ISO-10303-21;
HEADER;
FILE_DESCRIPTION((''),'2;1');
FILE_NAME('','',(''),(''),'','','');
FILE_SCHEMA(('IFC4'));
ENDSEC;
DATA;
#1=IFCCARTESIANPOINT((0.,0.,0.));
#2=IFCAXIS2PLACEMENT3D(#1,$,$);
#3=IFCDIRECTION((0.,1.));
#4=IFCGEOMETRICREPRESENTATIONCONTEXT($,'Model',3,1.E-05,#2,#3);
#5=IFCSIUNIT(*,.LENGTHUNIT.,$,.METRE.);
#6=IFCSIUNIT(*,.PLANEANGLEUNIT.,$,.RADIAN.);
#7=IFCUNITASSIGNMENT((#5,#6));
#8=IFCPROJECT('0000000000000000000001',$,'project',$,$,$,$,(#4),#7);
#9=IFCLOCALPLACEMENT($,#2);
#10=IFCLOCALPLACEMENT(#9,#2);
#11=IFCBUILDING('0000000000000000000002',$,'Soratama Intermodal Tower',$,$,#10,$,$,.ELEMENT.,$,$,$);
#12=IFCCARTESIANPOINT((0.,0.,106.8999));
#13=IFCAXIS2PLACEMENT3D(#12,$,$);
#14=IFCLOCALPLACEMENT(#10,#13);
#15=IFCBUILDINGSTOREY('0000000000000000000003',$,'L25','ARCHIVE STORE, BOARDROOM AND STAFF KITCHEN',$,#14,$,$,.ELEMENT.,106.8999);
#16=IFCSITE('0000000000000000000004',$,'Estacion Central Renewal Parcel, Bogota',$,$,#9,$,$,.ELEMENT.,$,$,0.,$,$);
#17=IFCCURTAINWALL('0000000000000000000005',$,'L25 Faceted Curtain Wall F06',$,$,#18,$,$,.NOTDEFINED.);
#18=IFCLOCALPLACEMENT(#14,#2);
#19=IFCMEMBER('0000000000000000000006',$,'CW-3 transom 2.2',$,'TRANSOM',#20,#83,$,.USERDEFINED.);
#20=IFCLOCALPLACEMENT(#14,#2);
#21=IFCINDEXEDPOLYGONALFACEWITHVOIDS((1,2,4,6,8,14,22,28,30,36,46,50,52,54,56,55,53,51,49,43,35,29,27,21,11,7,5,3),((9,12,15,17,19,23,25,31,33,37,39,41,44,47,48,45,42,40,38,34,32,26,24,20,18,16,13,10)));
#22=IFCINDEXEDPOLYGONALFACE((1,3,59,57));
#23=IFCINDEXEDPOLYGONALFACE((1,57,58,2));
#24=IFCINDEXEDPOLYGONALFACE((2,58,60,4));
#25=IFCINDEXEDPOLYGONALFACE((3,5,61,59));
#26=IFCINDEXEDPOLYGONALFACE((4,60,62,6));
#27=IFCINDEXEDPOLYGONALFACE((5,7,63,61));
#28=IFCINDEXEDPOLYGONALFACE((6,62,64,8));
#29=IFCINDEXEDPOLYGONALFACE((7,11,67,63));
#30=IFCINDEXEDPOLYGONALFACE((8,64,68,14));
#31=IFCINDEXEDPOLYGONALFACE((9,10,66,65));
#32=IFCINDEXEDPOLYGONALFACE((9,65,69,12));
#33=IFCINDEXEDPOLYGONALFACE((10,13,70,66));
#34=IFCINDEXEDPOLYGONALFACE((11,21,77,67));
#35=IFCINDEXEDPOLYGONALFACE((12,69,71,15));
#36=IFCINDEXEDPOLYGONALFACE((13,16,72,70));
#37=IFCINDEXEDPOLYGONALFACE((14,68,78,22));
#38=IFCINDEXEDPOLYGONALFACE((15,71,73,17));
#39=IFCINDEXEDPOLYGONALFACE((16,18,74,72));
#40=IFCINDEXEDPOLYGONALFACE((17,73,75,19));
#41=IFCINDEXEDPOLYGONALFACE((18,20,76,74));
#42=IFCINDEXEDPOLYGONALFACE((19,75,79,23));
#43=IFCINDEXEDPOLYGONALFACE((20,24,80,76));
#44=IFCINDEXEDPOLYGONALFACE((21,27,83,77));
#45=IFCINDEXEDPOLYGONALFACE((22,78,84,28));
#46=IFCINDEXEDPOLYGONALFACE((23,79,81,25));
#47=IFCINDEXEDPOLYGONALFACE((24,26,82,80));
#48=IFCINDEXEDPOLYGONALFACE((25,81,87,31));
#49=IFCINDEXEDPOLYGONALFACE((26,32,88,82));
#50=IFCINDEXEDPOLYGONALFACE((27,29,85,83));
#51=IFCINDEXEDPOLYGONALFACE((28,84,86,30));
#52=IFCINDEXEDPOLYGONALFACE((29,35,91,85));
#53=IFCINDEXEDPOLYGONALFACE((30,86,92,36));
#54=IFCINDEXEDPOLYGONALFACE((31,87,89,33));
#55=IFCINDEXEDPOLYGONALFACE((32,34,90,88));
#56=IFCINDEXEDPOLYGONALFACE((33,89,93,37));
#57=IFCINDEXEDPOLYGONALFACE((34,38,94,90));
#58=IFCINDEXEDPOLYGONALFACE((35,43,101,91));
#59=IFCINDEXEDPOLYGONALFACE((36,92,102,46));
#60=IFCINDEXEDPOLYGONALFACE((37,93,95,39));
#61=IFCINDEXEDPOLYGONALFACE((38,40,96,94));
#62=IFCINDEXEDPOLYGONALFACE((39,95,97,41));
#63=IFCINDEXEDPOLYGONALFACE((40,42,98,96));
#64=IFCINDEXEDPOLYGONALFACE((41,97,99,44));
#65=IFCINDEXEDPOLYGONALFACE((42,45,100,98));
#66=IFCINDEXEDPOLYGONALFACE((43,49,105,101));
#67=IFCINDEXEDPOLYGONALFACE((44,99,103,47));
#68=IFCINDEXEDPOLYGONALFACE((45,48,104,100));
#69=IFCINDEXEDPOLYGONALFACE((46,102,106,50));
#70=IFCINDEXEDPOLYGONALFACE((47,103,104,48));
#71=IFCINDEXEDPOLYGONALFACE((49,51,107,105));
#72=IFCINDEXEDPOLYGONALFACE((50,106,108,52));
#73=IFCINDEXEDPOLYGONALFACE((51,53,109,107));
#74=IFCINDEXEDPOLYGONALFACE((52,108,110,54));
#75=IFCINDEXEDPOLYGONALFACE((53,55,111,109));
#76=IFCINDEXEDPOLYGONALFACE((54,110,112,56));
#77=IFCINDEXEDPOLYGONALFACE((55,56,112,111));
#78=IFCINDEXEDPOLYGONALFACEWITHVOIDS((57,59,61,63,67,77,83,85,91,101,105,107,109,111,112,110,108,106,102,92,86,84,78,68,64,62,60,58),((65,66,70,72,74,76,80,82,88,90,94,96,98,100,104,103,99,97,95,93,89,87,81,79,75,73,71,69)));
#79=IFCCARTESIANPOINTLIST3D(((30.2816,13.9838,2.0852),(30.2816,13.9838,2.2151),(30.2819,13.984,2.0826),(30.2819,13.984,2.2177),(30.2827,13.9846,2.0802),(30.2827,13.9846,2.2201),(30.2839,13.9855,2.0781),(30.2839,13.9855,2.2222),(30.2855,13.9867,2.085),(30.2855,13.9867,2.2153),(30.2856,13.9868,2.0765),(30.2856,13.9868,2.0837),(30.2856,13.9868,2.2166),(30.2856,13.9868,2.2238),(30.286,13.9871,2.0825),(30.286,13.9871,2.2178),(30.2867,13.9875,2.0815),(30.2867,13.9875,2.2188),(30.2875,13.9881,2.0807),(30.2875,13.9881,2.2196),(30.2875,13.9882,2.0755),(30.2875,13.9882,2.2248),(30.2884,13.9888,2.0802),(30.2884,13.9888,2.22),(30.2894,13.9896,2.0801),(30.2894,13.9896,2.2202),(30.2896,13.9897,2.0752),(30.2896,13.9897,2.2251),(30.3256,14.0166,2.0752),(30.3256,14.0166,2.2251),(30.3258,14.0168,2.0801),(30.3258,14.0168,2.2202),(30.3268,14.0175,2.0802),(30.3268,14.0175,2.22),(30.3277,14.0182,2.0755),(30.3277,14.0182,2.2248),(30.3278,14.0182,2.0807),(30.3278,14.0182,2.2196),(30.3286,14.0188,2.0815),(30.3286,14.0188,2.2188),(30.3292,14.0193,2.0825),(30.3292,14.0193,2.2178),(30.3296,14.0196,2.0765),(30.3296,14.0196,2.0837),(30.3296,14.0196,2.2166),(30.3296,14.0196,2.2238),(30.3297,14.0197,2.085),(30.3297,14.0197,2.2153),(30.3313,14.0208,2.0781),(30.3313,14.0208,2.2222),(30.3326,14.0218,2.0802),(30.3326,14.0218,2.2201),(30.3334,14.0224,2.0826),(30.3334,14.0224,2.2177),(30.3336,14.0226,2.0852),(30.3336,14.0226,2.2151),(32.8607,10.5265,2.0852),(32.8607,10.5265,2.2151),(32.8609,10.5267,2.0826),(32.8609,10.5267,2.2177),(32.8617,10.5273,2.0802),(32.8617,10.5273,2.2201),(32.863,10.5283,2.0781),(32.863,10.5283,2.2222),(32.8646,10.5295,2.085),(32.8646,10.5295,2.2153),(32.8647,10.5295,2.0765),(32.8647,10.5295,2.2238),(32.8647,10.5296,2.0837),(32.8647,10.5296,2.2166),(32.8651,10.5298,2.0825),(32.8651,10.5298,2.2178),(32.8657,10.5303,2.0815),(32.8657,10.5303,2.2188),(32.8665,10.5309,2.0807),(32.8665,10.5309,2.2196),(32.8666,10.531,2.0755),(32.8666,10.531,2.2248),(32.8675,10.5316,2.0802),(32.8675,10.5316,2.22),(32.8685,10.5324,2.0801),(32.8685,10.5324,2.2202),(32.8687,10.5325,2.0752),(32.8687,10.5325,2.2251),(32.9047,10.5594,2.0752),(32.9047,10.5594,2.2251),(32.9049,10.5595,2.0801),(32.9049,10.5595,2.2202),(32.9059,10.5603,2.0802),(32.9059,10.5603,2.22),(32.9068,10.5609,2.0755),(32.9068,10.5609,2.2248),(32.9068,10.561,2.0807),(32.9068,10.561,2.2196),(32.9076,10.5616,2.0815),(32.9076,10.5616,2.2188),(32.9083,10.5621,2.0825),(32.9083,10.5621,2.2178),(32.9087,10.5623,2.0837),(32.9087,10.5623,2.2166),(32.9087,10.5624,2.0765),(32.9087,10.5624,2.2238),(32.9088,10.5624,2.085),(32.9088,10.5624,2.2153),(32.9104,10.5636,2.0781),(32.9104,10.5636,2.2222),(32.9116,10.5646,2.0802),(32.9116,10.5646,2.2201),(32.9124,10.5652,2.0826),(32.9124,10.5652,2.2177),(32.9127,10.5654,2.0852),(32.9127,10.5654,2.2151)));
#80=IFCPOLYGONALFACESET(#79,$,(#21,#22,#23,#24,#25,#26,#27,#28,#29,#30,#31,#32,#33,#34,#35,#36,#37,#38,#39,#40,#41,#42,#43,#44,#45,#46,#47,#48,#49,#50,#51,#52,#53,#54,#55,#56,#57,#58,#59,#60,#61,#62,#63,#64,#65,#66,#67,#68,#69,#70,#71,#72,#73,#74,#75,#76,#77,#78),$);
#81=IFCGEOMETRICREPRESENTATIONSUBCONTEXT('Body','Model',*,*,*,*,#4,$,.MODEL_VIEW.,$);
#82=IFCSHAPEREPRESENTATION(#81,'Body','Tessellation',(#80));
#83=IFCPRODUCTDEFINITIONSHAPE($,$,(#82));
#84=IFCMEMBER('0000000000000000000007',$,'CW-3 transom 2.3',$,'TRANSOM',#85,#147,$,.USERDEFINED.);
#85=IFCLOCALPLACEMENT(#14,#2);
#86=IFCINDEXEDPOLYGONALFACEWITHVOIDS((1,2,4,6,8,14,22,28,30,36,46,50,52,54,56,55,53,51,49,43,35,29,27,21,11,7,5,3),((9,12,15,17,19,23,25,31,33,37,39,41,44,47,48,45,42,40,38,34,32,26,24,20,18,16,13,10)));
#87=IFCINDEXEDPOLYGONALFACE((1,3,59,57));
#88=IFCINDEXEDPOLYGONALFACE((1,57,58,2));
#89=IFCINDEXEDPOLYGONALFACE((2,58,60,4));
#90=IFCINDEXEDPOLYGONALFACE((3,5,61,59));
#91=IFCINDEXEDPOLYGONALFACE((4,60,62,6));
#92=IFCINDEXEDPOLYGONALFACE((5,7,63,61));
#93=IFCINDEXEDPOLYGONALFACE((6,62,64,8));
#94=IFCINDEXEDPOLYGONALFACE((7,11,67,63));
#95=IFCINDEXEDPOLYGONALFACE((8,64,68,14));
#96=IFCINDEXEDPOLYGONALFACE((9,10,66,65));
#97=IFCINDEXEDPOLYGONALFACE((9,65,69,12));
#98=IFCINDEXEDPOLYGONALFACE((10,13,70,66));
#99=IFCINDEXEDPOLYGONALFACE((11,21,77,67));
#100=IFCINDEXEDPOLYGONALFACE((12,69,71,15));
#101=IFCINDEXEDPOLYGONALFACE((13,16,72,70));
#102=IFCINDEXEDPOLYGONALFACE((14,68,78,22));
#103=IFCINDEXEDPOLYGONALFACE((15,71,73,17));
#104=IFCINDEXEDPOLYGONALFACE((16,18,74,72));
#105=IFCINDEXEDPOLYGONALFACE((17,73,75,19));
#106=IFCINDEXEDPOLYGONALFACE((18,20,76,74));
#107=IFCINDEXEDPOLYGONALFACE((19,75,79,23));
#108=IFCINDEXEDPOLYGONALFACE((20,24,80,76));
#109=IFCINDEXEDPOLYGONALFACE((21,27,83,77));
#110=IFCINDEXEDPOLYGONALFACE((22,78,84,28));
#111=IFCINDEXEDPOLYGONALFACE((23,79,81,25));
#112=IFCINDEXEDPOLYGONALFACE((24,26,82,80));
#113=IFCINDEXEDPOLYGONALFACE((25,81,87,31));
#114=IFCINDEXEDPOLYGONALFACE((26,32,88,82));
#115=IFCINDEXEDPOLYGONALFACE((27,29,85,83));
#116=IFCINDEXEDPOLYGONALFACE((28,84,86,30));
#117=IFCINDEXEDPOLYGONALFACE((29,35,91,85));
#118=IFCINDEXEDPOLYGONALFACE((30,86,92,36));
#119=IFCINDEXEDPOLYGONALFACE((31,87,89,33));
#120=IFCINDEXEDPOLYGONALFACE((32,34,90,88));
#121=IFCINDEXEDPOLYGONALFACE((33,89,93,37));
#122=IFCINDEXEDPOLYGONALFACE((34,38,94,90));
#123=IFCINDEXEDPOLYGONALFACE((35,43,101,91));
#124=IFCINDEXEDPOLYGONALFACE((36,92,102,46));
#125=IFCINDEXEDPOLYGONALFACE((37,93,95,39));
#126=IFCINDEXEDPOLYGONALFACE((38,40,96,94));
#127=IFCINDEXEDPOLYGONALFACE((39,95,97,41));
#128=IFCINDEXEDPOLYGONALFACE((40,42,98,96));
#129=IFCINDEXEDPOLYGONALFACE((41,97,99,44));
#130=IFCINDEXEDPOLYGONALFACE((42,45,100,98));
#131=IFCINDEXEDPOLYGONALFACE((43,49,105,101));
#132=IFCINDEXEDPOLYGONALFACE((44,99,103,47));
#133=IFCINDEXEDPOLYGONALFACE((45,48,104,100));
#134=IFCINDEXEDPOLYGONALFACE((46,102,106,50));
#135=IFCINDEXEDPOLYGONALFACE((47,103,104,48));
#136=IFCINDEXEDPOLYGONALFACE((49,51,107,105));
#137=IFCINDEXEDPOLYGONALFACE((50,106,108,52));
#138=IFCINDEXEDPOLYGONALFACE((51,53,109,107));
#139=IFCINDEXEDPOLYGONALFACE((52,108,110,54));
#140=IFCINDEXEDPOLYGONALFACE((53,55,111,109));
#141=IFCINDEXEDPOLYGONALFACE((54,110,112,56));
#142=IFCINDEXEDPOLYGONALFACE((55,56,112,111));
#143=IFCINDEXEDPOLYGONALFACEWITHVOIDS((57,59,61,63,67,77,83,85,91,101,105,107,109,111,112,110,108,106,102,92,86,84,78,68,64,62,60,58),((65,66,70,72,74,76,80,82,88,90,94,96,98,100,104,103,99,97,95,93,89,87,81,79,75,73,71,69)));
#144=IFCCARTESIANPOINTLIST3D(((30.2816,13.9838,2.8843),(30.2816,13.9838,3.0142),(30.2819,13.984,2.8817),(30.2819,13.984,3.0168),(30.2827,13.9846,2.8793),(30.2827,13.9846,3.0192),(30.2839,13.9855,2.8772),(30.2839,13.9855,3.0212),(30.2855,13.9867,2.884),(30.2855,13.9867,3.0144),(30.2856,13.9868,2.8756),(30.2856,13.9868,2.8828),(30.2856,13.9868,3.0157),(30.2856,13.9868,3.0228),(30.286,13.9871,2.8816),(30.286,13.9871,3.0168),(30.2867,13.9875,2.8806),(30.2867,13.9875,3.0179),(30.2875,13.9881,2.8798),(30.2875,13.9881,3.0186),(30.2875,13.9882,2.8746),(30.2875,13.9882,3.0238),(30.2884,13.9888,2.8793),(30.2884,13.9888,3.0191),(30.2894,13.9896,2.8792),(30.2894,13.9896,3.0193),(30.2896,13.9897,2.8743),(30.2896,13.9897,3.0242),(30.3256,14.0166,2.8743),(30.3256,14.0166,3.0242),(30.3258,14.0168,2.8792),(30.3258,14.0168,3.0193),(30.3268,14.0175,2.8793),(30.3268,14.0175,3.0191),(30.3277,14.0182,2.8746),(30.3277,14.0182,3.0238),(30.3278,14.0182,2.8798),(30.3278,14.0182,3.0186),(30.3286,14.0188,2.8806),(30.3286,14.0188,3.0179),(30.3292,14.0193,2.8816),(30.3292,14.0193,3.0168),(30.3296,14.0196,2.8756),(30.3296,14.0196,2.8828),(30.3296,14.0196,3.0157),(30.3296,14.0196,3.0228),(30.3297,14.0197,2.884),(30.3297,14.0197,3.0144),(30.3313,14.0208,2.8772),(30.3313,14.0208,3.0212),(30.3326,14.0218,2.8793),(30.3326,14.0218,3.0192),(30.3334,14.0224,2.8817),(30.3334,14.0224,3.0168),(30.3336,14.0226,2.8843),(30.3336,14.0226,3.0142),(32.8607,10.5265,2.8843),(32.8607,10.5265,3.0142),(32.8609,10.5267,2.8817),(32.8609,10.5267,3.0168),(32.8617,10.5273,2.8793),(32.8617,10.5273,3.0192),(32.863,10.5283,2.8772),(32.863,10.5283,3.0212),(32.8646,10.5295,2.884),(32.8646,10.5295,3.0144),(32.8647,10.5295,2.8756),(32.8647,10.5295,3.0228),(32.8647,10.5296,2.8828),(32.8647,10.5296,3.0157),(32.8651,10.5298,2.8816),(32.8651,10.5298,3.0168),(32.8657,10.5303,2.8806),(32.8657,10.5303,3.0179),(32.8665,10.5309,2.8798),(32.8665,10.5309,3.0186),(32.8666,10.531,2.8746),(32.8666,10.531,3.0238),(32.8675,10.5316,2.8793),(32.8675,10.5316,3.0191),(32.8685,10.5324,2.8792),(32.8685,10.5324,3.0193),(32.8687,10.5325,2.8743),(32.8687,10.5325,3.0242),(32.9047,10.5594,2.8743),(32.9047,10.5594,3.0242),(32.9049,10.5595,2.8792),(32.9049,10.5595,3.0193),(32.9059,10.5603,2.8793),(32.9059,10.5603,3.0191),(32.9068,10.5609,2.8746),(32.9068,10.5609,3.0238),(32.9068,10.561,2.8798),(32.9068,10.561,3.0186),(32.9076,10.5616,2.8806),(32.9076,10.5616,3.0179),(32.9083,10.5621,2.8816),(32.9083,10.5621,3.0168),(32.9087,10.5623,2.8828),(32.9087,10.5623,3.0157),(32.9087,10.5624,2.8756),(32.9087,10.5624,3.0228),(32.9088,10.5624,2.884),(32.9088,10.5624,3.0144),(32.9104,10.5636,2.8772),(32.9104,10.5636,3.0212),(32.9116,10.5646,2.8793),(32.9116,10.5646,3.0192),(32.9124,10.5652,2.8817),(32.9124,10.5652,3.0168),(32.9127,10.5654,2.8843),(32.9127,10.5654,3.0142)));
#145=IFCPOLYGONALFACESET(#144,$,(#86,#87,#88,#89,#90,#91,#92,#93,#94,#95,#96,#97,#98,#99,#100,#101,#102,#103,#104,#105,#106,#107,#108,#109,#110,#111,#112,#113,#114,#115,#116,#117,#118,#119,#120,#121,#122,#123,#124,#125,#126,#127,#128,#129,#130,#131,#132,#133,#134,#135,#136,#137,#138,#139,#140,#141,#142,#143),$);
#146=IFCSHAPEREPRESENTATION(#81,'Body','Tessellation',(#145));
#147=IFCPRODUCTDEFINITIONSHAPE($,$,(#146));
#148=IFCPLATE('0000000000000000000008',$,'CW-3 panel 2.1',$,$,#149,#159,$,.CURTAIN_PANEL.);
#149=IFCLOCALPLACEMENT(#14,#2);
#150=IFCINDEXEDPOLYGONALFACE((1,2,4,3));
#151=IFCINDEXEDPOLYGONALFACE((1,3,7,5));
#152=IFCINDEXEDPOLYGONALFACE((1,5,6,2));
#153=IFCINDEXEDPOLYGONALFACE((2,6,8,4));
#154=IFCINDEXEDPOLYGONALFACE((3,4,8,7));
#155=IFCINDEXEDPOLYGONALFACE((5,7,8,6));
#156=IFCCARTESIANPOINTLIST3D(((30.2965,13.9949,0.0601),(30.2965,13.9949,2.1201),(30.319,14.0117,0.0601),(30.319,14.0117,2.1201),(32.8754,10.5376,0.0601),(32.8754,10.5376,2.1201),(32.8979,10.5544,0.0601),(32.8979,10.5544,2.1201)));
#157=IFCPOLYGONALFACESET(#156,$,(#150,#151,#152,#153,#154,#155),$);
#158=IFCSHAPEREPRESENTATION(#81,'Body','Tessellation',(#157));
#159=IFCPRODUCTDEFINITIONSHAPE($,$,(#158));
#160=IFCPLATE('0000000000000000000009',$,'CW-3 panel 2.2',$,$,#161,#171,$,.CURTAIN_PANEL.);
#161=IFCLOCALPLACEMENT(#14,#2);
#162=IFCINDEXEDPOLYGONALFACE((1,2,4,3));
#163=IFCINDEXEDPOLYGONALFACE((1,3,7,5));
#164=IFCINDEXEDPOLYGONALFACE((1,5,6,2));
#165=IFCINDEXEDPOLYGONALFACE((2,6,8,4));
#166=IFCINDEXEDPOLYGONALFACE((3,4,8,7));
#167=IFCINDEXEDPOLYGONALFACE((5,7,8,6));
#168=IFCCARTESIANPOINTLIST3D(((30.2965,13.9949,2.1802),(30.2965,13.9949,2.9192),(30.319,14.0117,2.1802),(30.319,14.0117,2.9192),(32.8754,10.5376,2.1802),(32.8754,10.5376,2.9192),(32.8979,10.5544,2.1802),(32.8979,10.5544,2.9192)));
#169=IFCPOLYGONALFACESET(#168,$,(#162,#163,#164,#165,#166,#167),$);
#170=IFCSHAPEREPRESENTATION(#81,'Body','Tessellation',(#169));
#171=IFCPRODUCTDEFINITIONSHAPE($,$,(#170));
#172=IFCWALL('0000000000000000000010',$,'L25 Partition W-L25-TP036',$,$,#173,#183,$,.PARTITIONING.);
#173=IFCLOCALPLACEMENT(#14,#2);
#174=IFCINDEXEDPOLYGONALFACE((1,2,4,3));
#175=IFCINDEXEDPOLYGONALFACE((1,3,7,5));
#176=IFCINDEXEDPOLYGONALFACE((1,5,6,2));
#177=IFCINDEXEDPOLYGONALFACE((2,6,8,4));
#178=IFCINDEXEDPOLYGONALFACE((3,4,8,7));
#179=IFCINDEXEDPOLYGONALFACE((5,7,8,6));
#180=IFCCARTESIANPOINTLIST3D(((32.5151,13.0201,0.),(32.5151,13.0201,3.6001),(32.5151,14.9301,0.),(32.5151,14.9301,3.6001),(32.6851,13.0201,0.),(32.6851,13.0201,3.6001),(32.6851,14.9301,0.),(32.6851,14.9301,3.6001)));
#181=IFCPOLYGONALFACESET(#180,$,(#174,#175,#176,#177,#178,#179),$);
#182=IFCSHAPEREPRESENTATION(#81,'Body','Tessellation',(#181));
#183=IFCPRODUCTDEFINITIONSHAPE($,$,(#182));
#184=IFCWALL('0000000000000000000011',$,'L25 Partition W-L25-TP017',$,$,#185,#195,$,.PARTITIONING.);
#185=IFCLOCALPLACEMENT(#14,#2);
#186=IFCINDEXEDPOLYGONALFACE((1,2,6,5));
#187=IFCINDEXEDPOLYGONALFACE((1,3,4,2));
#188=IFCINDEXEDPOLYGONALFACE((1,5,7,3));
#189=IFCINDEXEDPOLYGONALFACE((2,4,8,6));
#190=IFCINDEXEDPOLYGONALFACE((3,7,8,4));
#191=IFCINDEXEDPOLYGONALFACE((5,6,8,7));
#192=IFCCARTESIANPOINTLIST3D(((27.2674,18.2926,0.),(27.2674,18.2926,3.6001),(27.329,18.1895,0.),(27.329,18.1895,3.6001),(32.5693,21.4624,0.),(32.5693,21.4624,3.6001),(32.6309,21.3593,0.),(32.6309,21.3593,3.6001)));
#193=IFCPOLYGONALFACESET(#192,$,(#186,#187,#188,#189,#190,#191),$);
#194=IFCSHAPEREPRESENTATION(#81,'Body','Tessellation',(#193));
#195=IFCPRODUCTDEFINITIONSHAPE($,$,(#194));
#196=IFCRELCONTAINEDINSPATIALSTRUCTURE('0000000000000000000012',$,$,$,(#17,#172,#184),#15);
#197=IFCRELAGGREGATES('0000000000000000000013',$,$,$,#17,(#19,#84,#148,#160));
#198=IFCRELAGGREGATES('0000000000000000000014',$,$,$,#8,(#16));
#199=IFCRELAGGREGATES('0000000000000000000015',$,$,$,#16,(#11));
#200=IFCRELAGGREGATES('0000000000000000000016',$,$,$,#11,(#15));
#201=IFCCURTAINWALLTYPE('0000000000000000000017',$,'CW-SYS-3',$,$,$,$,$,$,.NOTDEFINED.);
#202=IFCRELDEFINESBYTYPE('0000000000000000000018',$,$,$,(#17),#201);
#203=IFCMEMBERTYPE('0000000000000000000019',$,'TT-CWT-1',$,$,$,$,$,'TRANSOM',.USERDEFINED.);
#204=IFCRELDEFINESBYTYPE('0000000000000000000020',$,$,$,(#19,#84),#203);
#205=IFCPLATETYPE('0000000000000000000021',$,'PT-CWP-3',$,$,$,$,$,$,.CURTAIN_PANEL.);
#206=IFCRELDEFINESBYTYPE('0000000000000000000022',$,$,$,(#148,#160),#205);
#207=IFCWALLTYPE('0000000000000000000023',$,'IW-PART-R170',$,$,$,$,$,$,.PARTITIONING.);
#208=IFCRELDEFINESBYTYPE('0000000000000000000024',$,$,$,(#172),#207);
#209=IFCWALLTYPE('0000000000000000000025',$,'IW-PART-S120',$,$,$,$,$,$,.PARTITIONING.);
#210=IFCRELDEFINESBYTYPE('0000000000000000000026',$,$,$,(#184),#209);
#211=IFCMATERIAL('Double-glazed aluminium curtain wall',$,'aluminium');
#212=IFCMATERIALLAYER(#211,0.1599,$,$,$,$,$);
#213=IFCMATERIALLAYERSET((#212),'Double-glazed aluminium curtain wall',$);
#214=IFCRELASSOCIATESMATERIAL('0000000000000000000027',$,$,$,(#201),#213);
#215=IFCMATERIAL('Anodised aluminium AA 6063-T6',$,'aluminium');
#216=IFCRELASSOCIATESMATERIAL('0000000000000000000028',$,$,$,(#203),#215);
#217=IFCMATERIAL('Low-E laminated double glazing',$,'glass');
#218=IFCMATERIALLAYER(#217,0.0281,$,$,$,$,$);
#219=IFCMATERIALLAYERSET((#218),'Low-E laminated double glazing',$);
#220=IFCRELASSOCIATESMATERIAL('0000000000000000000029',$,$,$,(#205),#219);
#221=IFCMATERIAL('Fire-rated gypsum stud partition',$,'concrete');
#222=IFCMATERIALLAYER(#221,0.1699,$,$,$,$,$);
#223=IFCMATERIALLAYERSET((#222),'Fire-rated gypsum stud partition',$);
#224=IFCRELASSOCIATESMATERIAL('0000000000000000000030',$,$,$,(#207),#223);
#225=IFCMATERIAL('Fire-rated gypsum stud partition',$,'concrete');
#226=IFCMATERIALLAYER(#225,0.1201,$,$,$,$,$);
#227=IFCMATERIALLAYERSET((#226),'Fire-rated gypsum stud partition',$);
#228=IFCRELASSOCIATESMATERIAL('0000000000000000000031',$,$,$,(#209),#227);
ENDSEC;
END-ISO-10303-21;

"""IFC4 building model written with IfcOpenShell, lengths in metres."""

from ifc_helpers import new_model, si_unit, direction, frame, frame_2d, origin, origin_2d, place, context, subcontext, project, spatial, rectangle, hollow_rectangle, extrude, material, layer, layer_set, material_profile, profile_set, type_object, element, aggregate, save


model = new_model("IFC4")

# Units and contexts
model_context = context("Model", 3, precision=1e-05, world=origin(), true_north=direction((0.0, 1.0)))
body_context = subcontext(model_context, "Body", "Model", "MODEL_VIEW")
ifc_project = project(units=[si_unit("LENGTHUNIT", "METRE"), si_unit("PLANEANGLEUNIT", "RADIAN")], contexts=[model_context])

# Site, building, storey
site_placement = place(None, origin())
site = spatial("IfcSite", under=ifc_project, at=site_placement, Name="Estacion Central Renewal Parcel, Bogota", CompositionType="ELEMENT", RefElevation=0.0)
building_placement = place(site_placement, origin())
building = spatial("IfcBuilding", under=site, at=building_placement, Name="Soratama Intermodal Tower", CompositionType="ELEMENT")
storey_placement = place(building_placement, frame((0.0, 0.0, 106.8999)))
storey = spatial("IfcBuildingStorey", under=building, at=storey_placement, Name="L25", Description="ARCHIVE STORE, BOARDROOM AND STAFF KITCHEN", CompositionType="ELEMENT", Elevation=106.8999)

# Curtain wall, members, plates
ifc_material_1 = material(Name="Double-glazed aluminium curtain wall", Category="aluminium")
ifc_layer_1 = layer(ifc_material_1, 0.1599)
ifc_layer_set_1 = layer_set([ifc_layer_1], Name="Double-glazed aluminium curtain wall")
curtain_wall_type = type_object("IfcCurtainWallType", Name="CW-SYS-3", PredefinedType="NOTDEFINED", material=ifc_layer_set_1)
curtain_wall_placement = place(storey_placement, origin())
curtain_wall = element("IfcCurtainWall", 1, at=curtain_wall_placement, inside=storey, type_object=curtain_wall_type, Name="L25 Faceted Curtain Wall F06", PredefinedType="NOTDEFINED")
ifc_material_2 = material(Name="Anodised aluminium AA 6063-T6", Category="aluminium")
ifc_material_profile_1 = material_profile(ifc_material_2, hollow_rectangle(XDim=0.0649, YDim=0.1499, WallThickness=0.0049, InnerFilletRadius=0.0049, OuterFilletRadius=0.01, at=origin_2d()), Name="CWT150X65X5")
ifc_profile_set_1 = profile_set([ifc_material_profile_1], Name="Anodised aluminium AA 6063-T6")
member_type_1 = type_object("IfcMemberType", Name="TT-CWT-1", ElementType="TRANSOM", PredefinedType="USERDEFINED", material=ifc_profile_set_1)
member_1_placement = place(storey_placement, frame((30.3076, 14.0032, 2.1501), z_axis=(0.597942, -0.801539, 0.0), x_axis=(0.801539, 0.597942, 0.0)))
member_1 = element("IfcMember", 2, at=member_1_placement, type_object=member_type_1, Name="CW-3 transom 2.2", ObjectType="TRANSOM", PredefinedType="USERDEFINED", context=body_context, shape_type="SweptSolid", body=[
    extrude(hollow_rectangle(XDim=0.0649, YDim=0.1499, WallThickness=0.0049, InnerFilletRadius=0.0049, OuterFilletRadius=0.01, at=origin_2d()), origin(), (0.0, 0.0, 1.0), 4.3132),
])
member_2_placement = place(storey_placement, frame((30.3076, 14.0032, 2.9492), z_axis=(0.597942, -0.801539, 0.0), x_axis=(0.801539, 0.597942, 0.0)))
member_2 = element("IfcMember", 3, at=member_2_placement, type_object=member_type_1, Name="CW-3 transom 2.3", ObjectType="TRANSOM", PredefinedType="USERDEFINED", context=body_context, shape_type="SweptSolid", body=[
    extrude(hollow_rectangle(XDim=0.0649, YDim=0.1499, WallThickness=0.0049, InnerFilletRadius=0.0049, OuterFilletRadius=0.01, at=origin_2d()), origin(), (0.0, 0.0, 1.0), 4.3132),
])
ifc_material_3 = material(Name="Low-E laminated double glazing", Category="glass")
ifc_layer_2 = layer(ifc_material_3, 0.0281)
ifc_layer_set_2 = layer_set([ifc_layer_2], Name="Low-E laminated double glazing")
plate_type = type_object("IfcPlateType", Name="PT-CWP-3", PredefinedType="CURTAIN_PANEL", material=ifc_layer_set_2)
plate_1_placement = place(storey_placement, frame((31.5972, 12.2747, 0.0601), z_axis=(0.0, 0.0, 1.0), x_axis=(0.597909, -0.801564, 0.0)))
plate_1 = element("IfcPlate", 4, at=plate_1_placement, type_object=plate_type, Name="CW-3 panel 2.1", PredefinedType="CURTAIN_PANEL", context=body_context, shape_type="SweptSolid", body=[
    extrude(rectangle(XDim=4.3132, YDim=0.0281, at=origin_2d()), origin(), (0.0, 0.0, 1.0), 2.0601),
])
plate_2_placement = place(storey_placement, frame((31.5972, 12.2747, 2.1802), z_axis=(0.0, 0.0, 1.0), x_axis=(0.597909, -0.801564, 0.0)))
plate_2 = element("IfcPlate", 5, at=plate_2_placement, type_object=plate_type, Name="CW-3 panel 2.2", PredefinedType="CURTAIN_PANEL", context=body_context, shape_type="SweptSolid", body=[
    extrude(rectangle(XDim=4.3132, YDim=0.0281, at=origin_2d()), origin(), (0.0, 0.0, 1.0), 0.739),
])
aggregate(curtain_wall, [member_1, member_2, plate_1, plate_2])

# Walls
ifc_material_4 = material(Name="Fire-rated gypsum stud partition", Category="concrete")
ifc_layer_3 = layer(ifc_material_4, 0.1699)
ifc_layer_set_3 = layer_set([ifc_layer_3], Name="Fire-rated gypsum stud partition")
wall_type_1 = type_object("IfcWallType", Name="IW-PART-R170", PredefinedType="PARTITIONING", material=ifc_layer_set_3)
wall_1_placement = place(storey_placement, frame((32.6001, 13.02, 0.0), z_axis=(0.0, 0.0, 1.0), x_axis=(0.0, 1.0, 0.0)))
element("IfcWall", 6, at=wall_1_placement, inside=storey, type_object=wall_type_1, Name="L25 Partition W-L25-TP036", PredefinedType="PARTITIONING", context=body_context, shape_type="SweptSolid", body=[
    extrude(rectangle(XDim=1.9099, YDim=0.1699, at=frame_2d((0.9551, 0.0))), origin(), (0.0, 0.0, 1.0), 3.6001),
])
ifc_material_5 = material(Name="Fire-rated gypsum stud partition", Category="concrete")
ifc_layer_4 = layer(ifc_material_5, 0.1201)
ifc_layer_set_4 = layer_set([ifc_layer_4], Name="Fire-rated gypsum stud partition")
wall_type_2 = type_object("IfcWallType", Name="IW-PART-S120", PredefinedType="PARTITIONING", material=ifc_layer_set_4)
wall_2_placement = place(storey_placement, frame((32.6001, 21.4109, 0.0), z_axis=(0.0, 0.0, 1.0), x_axis=(-0.858297, -0.513153, 0.0)))
element("IfcWall", 7, at=wall_2_placement, inside=storey, type_object=wall_type_2, Name="L25 Partition W-L25-TP017", PredefinedType="PARTITIONING", context=body_context, shape_type="SweptSolid", body=[
    extrude(rectangle(XDim=6.1772, YDim=0.1201, at=frame_2d((3.0886, 0.0))), origin(), (0.0, 0.0, 1.0), 3.6001),
])

save(model, "model.ifc")
